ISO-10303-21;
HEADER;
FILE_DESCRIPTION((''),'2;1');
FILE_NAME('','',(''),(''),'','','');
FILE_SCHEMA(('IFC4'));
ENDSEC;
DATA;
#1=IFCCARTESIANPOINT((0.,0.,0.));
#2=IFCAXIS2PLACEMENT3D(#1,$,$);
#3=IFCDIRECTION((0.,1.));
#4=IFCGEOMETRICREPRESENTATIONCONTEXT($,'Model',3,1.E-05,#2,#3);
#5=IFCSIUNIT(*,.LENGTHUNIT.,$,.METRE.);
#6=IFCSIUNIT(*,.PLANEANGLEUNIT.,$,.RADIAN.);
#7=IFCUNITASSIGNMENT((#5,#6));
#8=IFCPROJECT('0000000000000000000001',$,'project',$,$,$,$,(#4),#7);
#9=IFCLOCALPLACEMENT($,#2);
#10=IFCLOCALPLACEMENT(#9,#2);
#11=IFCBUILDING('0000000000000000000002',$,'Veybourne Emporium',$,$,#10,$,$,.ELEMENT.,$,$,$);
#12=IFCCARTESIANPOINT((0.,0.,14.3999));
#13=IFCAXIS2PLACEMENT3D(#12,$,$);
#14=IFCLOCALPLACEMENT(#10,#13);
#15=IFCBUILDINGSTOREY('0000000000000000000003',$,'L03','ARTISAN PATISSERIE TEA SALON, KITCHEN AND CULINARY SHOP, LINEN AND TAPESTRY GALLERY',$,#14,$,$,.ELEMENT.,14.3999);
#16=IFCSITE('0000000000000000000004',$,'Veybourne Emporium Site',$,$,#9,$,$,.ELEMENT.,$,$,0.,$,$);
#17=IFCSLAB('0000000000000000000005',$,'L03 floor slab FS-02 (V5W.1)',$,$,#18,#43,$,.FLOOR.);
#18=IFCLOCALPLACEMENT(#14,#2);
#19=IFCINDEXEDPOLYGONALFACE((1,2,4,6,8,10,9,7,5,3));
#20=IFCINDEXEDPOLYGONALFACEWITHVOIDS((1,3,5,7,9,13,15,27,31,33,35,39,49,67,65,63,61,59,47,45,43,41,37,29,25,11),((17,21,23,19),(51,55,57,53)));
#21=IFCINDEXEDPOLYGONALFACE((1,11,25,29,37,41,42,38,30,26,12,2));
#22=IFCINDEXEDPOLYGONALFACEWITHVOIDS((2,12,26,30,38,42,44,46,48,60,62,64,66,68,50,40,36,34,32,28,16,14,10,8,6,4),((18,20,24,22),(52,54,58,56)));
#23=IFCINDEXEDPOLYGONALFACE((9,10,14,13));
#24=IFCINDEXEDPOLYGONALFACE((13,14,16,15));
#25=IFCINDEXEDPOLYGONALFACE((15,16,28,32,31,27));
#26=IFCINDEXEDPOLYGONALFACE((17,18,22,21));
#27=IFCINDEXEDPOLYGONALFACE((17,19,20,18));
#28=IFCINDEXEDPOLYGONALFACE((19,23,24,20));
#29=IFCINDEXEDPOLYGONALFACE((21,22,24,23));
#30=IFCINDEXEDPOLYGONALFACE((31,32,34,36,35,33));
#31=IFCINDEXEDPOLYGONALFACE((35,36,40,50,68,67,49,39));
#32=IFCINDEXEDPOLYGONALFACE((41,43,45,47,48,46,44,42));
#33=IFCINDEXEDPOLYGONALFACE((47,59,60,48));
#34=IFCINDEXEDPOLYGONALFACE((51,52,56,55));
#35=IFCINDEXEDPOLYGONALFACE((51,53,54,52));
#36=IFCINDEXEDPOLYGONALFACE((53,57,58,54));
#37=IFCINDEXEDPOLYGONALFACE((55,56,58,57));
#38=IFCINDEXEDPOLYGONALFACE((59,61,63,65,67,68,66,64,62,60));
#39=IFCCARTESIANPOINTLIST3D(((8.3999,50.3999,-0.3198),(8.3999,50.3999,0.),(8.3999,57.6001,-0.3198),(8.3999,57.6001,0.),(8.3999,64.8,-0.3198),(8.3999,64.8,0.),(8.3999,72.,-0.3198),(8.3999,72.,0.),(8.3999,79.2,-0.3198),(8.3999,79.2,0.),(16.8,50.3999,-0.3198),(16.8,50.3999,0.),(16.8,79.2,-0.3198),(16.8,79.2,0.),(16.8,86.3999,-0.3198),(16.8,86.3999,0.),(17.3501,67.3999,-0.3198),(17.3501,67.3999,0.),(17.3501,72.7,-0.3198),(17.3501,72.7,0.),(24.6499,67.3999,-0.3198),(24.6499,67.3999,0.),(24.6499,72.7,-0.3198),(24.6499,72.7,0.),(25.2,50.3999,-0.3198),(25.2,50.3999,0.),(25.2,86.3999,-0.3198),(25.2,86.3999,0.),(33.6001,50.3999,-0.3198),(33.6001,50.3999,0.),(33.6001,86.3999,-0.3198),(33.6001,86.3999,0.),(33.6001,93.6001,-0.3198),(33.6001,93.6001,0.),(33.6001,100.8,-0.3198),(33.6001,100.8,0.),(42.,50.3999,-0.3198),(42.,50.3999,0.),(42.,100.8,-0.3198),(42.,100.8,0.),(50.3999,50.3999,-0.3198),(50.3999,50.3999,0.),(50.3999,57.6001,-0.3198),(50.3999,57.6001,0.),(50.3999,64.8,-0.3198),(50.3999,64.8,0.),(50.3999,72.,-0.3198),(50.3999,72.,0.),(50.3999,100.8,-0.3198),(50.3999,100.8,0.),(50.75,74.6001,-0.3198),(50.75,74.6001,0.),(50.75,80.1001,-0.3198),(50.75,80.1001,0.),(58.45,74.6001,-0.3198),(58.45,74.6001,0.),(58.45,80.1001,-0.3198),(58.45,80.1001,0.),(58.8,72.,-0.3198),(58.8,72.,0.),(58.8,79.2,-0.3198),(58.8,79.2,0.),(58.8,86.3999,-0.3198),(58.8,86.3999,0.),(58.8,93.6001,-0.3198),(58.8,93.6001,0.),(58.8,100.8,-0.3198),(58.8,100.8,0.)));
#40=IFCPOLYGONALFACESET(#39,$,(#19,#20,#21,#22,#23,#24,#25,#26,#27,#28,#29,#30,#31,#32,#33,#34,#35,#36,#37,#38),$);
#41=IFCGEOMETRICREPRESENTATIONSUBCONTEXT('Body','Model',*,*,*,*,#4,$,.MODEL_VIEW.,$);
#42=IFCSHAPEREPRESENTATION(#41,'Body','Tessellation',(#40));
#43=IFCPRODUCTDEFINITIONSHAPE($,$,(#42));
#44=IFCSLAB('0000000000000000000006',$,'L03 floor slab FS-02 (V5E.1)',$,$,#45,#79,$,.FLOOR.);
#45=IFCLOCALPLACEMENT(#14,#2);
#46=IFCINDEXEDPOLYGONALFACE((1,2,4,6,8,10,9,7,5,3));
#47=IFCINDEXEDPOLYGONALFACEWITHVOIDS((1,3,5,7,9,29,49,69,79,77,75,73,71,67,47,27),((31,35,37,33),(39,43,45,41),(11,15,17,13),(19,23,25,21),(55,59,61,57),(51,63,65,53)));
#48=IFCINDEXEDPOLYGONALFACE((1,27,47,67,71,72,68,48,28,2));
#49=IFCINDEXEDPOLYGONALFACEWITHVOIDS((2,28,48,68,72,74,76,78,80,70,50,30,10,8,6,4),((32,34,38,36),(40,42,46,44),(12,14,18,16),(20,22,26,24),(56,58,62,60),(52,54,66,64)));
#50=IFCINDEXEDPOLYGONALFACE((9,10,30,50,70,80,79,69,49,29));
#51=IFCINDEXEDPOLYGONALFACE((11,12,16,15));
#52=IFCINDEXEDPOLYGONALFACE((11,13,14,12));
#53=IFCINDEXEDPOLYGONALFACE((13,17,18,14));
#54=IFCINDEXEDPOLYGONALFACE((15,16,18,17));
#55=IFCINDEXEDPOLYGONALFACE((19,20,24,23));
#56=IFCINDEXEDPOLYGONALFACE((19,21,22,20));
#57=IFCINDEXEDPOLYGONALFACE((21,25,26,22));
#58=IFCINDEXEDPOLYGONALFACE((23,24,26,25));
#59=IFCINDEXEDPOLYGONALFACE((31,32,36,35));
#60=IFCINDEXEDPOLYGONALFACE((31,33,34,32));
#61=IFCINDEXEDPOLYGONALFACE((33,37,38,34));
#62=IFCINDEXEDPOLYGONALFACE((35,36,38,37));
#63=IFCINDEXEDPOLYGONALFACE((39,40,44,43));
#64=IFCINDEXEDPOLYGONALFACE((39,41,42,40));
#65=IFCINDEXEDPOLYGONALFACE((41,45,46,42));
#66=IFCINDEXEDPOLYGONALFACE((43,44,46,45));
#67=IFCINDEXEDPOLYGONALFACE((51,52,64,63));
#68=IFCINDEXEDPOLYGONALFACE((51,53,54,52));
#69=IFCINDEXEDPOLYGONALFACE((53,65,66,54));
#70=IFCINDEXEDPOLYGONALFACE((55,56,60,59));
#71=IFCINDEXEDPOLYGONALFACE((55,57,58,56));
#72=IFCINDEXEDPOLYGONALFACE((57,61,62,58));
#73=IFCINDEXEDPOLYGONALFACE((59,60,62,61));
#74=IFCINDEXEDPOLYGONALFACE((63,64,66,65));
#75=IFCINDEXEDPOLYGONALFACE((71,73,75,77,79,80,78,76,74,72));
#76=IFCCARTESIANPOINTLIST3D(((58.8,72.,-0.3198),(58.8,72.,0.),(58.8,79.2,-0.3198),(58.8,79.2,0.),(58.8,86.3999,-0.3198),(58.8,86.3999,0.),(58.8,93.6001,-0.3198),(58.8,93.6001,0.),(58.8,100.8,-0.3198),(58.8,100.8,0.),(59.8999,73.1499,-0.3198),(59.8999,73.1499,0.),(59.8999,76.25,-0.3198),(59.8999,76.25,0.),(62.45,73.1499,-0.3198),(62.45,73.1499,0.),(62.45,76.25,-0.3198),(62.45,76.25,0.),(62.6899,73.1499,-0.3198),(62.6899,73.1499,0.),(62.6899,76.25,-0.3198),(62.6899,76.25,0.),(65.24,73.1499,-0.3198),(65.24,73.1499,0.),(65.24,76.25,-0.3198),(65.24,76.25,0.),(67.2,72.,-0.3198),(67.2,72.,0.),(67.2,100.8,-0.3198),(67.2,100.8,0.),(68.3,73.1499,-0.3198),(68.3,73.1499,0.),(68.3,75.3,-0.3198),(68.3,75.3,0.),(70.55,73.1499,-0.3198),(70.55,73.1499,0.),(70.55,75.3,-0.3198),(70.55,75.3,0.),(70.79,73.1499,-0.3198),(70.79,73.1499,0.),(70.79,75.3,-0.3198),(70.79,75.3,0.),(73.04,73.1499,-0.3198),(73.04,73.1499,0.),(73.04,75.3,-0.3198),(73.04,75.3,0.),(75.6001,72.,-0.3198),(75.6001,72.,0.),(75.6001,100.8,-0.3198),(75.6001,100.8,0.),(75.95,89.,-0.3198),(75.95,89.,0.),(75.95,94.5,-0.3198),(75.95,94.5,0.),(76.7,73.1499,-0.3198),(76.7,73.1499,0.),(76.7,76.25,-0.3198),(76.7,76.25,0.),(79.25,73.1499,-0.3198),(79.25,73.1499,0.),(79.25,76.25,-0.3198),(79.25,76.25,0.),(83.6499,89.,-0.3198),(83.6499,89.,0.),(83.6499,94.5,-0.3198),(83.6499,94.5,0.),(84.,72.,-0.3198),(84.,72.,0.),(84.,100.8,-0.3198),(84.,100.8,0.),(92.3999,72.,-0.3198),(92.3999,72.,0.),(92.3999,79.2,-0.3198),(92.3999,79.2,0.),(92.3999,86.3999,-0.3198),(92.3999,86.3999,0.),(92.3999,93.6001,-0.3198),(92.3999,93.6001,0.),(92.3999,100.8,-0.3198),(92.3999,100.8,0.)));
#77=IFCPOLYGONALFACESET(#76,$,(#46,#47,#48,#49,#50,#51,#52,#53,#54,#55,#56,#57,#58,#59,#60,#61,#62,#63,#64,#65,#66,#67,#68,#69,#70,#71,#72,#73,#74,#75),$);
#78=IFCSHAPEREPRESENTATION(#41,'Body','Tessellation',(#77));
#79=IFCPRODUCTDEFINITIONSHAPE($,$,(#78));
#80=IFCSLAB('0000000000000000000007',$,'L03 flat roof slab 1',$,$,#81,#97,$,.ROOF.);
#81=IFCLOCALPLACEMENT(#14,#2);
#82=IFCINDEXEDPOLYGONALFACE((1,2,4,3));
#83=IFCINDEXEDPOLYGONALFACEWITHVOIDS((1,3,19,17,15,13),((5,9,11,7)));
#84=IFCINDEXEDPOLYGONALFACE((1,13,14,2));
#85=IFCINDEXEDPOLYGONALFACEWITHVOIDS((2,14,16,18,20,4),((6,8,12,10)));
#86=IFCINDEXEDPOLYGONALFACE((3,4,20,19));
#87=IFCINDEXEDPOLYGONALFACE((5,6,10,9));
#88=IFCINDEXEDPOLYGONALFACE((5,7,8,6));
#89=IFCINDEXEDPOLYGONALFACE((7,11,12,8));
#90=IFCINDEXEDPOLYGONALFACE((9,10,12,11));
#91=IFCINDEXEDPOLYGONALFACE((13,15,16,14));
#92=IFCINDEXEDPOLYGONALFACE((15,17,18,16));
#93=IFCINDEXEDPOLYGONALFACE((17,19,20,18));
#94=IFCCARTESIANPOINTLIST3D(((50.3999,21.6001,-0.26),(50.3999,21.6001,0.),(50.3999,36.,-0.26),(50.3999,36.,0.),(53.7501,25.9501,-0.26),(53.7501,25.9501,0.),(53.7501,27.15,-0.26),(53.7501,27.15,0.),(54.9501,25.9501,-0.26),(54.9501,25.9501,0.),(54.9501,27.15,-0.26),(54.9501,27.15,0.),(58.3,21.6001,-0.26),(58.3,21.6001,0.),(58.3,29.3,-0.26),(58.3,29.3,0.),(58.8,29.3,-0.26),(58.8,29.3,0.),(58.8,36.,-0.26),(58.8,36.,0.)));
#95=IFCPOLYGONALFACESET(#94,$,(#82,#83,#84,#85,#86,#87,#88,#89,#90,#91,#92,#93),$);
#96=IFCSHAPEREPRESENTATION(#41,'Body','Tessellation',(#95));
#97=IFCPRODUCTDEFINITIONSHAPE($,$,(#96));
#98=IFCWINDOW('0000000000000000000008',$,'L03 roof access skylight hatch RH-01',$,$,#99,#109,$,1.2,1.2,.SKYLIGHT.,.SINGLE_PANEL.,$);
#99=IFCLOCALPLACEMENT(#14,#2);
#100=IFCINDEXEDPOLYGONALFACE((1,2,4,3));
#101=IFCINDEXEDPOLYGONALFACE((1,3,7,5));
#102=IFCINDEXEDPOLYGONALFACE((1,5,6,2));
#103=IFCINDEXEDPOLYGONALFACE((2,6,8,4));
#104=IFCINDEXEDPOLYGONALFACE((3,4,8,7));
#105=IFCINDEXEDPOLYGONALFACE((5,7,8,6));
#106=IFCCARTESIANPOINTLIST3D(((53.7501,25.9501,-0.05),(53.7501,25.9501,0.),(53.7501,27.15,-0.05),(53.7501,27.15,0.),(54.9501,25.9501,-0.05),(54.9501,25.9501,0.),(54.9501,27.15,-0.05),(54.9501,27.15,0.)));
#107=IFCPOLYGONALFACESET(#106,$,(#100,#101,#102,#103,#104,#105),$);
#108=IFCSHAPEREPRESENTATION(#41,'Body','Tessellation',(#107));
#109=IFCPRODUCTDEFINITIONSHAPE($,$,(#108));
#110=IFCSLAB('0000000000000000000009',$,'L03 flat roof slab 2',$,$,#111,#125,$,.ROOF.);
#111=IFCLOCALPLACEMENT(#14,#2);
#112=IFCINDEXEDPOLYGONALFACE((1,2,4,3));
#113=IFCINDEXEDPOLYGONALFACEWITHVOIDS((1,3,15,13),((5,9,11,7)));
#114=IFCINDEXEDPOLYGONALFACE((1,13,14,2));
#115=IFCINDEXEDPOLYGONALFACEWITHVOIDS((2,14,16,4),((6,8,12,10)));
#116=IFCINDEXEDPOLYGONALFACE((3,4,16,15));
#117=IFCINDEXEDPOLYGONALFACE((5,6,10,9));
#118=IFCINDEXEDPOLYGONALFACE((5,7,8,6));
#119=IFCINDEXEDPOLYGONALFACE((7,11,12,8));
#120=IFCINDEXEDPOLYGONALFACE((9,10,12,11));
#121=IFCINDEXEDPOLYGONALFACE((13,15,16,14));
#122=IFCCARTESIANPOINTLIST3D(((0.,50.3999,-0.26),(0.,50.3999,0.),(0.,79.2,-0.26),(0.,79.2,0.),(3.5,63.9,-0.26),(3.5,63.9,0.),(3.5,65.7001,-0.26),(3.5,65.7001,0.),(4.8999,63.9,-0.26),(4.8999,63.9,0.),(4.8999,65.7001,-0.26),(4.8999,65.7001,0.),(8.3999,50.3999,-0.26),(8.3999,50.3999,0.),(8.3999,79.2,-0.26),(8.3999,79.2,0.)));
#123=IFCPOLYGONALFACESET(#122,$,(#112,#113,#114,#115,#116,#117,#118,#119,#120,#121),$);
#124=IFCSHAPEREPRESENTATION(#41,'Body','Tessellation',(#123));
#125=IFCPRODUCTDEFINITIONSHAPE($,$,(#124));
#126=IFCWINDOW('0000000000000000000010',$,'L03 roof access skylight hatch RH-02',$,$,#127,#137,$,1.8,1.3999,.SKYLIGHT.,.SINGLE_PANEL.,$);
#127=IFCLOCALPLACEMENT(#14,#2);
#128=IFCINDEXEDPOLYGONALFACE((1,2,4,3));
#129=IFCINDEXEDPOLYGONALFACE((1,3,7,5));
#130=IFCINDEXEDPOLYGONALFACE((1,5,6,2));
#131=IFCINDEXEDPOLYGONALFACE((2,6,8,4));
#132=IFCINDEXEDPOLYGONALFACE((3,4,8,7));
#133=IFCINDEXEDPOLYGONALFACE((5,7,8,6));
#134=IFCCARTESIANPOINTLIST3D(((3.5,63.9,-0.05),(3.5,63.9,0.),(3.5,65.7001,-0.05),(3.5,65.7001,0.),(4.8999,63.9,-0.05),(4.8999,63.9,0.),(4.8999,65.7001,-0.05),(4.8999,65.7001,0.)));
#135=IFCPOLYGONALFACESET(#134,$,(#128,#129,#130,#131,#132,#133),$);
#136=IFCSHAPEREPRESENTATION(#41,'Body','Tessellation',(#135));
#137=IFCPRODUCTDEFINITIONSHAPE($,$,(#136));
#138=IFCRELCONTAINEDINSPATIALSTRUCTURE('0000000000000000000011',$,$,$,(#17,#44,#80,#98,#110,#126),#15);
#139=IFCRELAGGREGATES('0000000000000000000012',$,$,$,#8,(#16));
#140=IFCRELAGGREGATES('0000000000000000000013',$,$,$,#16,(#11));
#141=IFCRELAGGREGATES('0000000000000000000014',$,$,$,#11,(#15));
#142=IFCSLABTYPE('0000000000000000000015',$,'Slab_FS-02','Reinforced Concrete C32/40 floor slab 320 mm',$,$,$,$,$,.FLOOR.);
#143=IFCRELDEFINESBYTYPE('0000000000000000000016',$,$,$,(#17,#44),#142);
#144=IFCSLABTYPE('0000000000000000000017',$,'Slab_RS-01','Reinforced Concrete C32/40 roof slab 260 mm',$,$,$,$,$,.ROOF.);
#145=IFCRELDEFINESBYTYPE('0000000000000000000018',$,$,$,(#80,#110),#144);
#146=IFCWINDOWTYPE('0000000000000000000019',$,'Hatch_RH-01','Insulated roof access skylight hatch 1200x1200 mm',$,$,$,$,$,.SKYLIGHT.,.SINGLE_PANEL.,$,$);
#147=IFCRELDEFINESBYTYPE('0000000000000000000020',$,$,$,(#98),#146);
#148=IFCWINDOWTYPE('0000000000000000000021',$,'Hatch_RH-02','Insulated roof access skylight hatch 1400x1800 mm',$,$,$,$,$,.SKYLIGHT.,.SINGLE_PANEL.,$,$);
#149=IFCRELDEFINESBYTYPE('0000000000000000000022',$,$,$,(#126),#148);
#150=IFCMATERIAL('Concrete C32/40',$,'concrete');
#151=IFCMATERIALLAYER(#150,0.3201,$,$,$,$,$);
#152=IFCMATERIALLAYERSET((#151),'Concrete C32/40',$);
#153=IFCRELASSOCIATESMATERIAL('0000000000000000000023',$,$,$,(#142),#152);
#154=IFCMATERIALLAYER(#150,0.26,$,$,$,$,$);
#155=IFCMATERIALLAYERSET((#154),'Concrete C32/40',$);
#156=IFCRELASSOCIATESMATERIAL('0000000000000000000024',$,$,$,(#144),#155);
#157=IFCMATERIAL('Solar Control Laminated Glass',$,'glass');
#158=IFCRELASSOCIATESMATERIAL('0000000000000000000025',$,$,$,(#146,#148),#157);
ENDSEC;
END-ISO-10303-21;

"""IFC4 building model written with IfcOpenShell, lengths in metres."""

from ifc_helpers import new_model, si_unit, direction, frame, origin, origin_2d, place, context, subcontext, project, spatial, polyline, rectangle, outline, extrude, material, layer, layer_set, type_object, element, fill, save


model = new_model("IFC4")

# Units and contexts
model_context = context("Model", 3, precision=1e-05, world=origin(), true_north=direction((0.0, 1.0)))
body_context = subcontext(model_context, "Body", "Model", "MODEL_VIEW")
ifc_project = project(units=[si_unit("LENGTHUNIT", "METRE"), si_unit("PLANEANGLEUNIT", "RADIAN")], contexts=[model_context])

# Site, building, storey
site_placement = place(None, origin())
site = spatial("IfcSite", under=ifc_project, at=site_placement, Name="Veybourne Emporium Site", CompositionType="ELEMENT", RefElevation=0.0)
building_placement = place(site_placement, origin())
building = spatial("IfcBuilding", under=site, at=building_placement, Name="Veybourne Emporium", CompositionType="ELEMENT")
storey_placement = place(building_placement, frame((0.0, 0.0, 14.3999)))
storey = spatial("IfcBuildingStorey", under=building, at=storey_placement, Name="L03", Description="ARTISAN PATISSERIE TEA SALON, KITCHEN AND CULINARY SHOP, LINEN AND TAPESTRY GALLERY", CompositionType="ELEMENT", Elevation=14.3999)

# Shared definitions
ifc_material_1 = material(Name="Concrete C32/40", Category="concrete")

# Slabs
ifc_layer_1 = layer(ifc_material_1, 0.3201)
ifc_layer_set_1 = layer_set([ifc_layer_1], Name="Concrete C32/40")
slab_type_1 = type_object("IfcSlabType", Name="Slab_FS-02", Description="Reinforced Concrete C32/40 floor slab 320 mm", PredefinedType="FLOOR", material=ifc_layer_set_1)
slab_1_placement = place(storey_placement, frame((0.0, 0.0, -0.3198)))
element("IfcSlab", 1, at=slab_1_placement, inside=storey, type_object=slab_type_1, Name="L03 floor slab FS-02 (V5W.1)", PredefinedType="FLOOR", context=body_context, shape_type="SweptSolid", body=[
    extrude(outline(polyline([(16.8, 79.2), (16.8, 86.3999), (25.2, 86.3999), (33.6001, 86.3999), (33.6001, 93.6001), (33.6001, 100.8), (42.0, 100.8), (50.3999, 100.8), (58.8, 100.8), (58.8, 93.6001), (58.8, 86.3999), (58.8, 79.2), (58.8, 72.0), (50.3999, 72.0), (50.3999, 64.8), (50.3999, 57.6001), (50.3999, 50.3999), (42.0, 50.3999), (33.6001, 50.3999), (25.2, 50.3999), (16.8, 50.3999), (8.3999, 50.3999), (8.3999, 57.6001), (8.3999, 64.8), (8.3999, 72.0), (8.3999, 79.2), (16.8, 79.2)]), holes=[polyline([(17.3501, 67.3999), (24.6499, 67.3999), (24.6499, 72.7), (17.3501, 72.7), (17.3501, 67.3999)]), polyline([(50.75, 74.6001), (58.45, 74.6001), (58.45, 80.1001), (50.75, 80.1001), (50.75, 74.6001)])]), origin(), (0.0, 0.0, 1.0), 0.3198),
])
slab_2_placement = place(storey_placement, frame((0.0, 0.0, -0.3198)))
element("IfcSlab", 2, at=slab_2_placement, inside=storey, type_object=slab_type_1, Name="L03 floor slab FS-02 (V5E.1)", PredefinedType="FLOOR", context=body_context, shape_type="SweptSolid", body=[
    extrude(outline(polyline([(58.8, 100.8), (67.2, 100.8), (75.6001, 100.8), (84.0, 100.8), (92.3999, 100.8), (92.3999, 93.6001), (92.3999, 86.3999), (92.3999, 79.2), (92.3999, 72.0), (84.0, 72.0), (75.6001, 72.0), (67.2, 72.0), (58.8, 72.0), (58.8, 79.2), (58.8, 86.3999), (58.8, 93.6001), (58.8, 100.8)]), holes=[polyline([(68.3, 73.1499), (70.55, 73.1499), (70.55, 75.3), (68.3, 75.3), (68.3, 73.1499)]), polyline([(73.04, 73.1499), (73.04, 75.3), (70.79, 75.3), (70.79, 73.1499), (73.04, 73.1499)]), polyline([(59.8999, 73.1499), (62.45, 73.1499), (62.45, 76.25), (59.8999, 76.25), (59.8999, 73.1499)]), polyline([(62.6899, 73.1499), (65.24, 73.1499), (65.24, 76.25), (62.6899, 76.25), (62.6899, 73.1499)]), polyline([(79.25, 73.1499), (79.25, 76.25), (76.7, 76.25), (76.7, 73.1499), (79.25, 73.1499)]), polyline([(75.95, 89.0), (83.6499, 89.0), (83.6499, 94.5), (75.95, 94.5), (75.95, 89.0)])]), origin(), (0.0, 0.0, 1.0), 0.3198),
])

# Slabs, openings, windows
ifc_layer_2 = layer(ifc_material_1, 0.26)
ifc_layer_set_2 = layer_set([ifc_layer_2], Name="Concrete C32/40")
slab_type_2 = type_object("IfcSlabType", Name="Slab_RS-01", Description="Reinforced Concrete C32/40 roof slab 260 mm", PredefinedType="ROOF", material=ifc_layer_set_2)
slab_3_placement = place(storey_placement, frame((0.0, 0.0, -0.26)))
slab_3 = element("IfcSlab", 3, at=slab_3_placement, inside=storey, type_object=slab_type_2, Name="L03 flat roof slab 1", PredefinedType="ROOF", context=body_context, shape_type="SweptSolid", body=[
    extrude(outline(polyline([(58.8, 29.3), (58.3, 29.3), (58.3, 21.6001), (50.3999, 21.6001), (50.3999, 28.8), (50.3999, 36.0), (58.8, 36.0), (58.8, 29.3)])), origin(), (0.0, 0.0, 1.0), 0.26),
])
opening_1_placement = place(slab_3_placement, frame((54.3501, 26.55, -0.02)))
opening_1 = element("IfcOpeningElement", 4, at=opening_1_placement, cuts=slab_3, PredefinedType="OPENING", context=body_context, shape_type="SweptSolid", body=[
    extrude(rectangle(XDim=1.2, YDim=1.2, at=origin_2d()), origin(), (0.0, 0.0, 1.0), 0.3),
])
ifc_material_2 = material(Name="Solar Control Laminated Glass", Category="glass")
window_type_1 = type_object("IfcWindowType", Name="Hatch_RH-01", Description="Insulated roof access skylight hatch 1200x1200 mm", PartitioningType="SINGLE_PANEL", PredefinedType="SKYLIGHT", material=ifc_material_2)
window_1_placement = place(slab_3_placement, frame((54.3501, 26.55, 0.21)))
window_1 = element("IfcWindow", 5, at=window_1_placement, inside=storey, type_object=window_type_1, Name="L03 roof access skylight hatch RH-01", OverallHeight=1.2, OverallWidth=1.2, PartitioningType="SINGLE_PANEL", PredefinedType="SKYLIGHT", context=body_context, shape_type="SweptSolid", body=[
    extrude(rectangle(XDim=1.2, YDim=1.2, at=origin_2d()), origin(), (0.0, 0.0, 1.0), 0.05),
])
fill(opening_1, window_1)
slab_4_placement = place(storey_placement, frame((0.0, 0.0, -0.26)))
slab_4 = element("IfcSlab", 6, at=slab_4_placement, inside=storey, type_object=slab_type_2, Name="L03 flat roof slab 2", PredefinedType="ROOF", context=body_context, shape_type="SweptSolid", body=[
    extrude(outline(polyline([(0.0, 79.2), (8.3999, 79.2), (8.3999, 72.0), (8.3999, 64.8), (8.3999, 57.6001), (8.3999, 50.3999), (0.0, 50.3999), (0.0, 57.6001), (0.0, 64.8), (0.0, 72.0), (0.0, 79.2)])), origin(), (0.0, 0.0, 1.0), 0.26),
])
opening_2_placement = place(slab_4_placement, frame((4.2, 64.8, -0.02)))
opening_2 = element("IfcOpeningElement", 7, at=opening_2_placement, cuts=slab_4, PredefinedType="OPENING", context=body_context, shape_type="SweptSolid", body=[
    extrude(rectangle(XDim=1.3999, YDim=1.8, at=origin_2d()), origin(), (0.0, 0.0, 1.0), 0.3),
])
window_type_2 = type_object("IfcWindowType", Name="Hatch_RH-02", Description="Insulated roof access skylight hatch 1400x1800 mm", PartitioningType="SINGLE_PANEL", PredefinedType="SKYLIGHT", material=ifc_material_2)
window_2_placement = place(slab_4_placement, frame((4.2, 64.8, 0.21)))
window_2 = element("IfcWindow", 8, at=window_2_placement, inside=storey, type_object=window_type_2, Name="L03 roof access skylight hatch RH-02", OverallHeight=1.8, OverallWidth=1.3999, PartitioningType="SINGLE_PANEL", PredefinedType="SKYLIGHT", context=body_context, shape_type="SweptSolid", body=[
    extrude(rectangle(XDim=1.3999, YDim=1.8, at=origin_2d()), origin(), (0.0, 0.0, 1.0), 0.05),
])
fill(opening_2, window_2)

save(model, "model.ifc")
